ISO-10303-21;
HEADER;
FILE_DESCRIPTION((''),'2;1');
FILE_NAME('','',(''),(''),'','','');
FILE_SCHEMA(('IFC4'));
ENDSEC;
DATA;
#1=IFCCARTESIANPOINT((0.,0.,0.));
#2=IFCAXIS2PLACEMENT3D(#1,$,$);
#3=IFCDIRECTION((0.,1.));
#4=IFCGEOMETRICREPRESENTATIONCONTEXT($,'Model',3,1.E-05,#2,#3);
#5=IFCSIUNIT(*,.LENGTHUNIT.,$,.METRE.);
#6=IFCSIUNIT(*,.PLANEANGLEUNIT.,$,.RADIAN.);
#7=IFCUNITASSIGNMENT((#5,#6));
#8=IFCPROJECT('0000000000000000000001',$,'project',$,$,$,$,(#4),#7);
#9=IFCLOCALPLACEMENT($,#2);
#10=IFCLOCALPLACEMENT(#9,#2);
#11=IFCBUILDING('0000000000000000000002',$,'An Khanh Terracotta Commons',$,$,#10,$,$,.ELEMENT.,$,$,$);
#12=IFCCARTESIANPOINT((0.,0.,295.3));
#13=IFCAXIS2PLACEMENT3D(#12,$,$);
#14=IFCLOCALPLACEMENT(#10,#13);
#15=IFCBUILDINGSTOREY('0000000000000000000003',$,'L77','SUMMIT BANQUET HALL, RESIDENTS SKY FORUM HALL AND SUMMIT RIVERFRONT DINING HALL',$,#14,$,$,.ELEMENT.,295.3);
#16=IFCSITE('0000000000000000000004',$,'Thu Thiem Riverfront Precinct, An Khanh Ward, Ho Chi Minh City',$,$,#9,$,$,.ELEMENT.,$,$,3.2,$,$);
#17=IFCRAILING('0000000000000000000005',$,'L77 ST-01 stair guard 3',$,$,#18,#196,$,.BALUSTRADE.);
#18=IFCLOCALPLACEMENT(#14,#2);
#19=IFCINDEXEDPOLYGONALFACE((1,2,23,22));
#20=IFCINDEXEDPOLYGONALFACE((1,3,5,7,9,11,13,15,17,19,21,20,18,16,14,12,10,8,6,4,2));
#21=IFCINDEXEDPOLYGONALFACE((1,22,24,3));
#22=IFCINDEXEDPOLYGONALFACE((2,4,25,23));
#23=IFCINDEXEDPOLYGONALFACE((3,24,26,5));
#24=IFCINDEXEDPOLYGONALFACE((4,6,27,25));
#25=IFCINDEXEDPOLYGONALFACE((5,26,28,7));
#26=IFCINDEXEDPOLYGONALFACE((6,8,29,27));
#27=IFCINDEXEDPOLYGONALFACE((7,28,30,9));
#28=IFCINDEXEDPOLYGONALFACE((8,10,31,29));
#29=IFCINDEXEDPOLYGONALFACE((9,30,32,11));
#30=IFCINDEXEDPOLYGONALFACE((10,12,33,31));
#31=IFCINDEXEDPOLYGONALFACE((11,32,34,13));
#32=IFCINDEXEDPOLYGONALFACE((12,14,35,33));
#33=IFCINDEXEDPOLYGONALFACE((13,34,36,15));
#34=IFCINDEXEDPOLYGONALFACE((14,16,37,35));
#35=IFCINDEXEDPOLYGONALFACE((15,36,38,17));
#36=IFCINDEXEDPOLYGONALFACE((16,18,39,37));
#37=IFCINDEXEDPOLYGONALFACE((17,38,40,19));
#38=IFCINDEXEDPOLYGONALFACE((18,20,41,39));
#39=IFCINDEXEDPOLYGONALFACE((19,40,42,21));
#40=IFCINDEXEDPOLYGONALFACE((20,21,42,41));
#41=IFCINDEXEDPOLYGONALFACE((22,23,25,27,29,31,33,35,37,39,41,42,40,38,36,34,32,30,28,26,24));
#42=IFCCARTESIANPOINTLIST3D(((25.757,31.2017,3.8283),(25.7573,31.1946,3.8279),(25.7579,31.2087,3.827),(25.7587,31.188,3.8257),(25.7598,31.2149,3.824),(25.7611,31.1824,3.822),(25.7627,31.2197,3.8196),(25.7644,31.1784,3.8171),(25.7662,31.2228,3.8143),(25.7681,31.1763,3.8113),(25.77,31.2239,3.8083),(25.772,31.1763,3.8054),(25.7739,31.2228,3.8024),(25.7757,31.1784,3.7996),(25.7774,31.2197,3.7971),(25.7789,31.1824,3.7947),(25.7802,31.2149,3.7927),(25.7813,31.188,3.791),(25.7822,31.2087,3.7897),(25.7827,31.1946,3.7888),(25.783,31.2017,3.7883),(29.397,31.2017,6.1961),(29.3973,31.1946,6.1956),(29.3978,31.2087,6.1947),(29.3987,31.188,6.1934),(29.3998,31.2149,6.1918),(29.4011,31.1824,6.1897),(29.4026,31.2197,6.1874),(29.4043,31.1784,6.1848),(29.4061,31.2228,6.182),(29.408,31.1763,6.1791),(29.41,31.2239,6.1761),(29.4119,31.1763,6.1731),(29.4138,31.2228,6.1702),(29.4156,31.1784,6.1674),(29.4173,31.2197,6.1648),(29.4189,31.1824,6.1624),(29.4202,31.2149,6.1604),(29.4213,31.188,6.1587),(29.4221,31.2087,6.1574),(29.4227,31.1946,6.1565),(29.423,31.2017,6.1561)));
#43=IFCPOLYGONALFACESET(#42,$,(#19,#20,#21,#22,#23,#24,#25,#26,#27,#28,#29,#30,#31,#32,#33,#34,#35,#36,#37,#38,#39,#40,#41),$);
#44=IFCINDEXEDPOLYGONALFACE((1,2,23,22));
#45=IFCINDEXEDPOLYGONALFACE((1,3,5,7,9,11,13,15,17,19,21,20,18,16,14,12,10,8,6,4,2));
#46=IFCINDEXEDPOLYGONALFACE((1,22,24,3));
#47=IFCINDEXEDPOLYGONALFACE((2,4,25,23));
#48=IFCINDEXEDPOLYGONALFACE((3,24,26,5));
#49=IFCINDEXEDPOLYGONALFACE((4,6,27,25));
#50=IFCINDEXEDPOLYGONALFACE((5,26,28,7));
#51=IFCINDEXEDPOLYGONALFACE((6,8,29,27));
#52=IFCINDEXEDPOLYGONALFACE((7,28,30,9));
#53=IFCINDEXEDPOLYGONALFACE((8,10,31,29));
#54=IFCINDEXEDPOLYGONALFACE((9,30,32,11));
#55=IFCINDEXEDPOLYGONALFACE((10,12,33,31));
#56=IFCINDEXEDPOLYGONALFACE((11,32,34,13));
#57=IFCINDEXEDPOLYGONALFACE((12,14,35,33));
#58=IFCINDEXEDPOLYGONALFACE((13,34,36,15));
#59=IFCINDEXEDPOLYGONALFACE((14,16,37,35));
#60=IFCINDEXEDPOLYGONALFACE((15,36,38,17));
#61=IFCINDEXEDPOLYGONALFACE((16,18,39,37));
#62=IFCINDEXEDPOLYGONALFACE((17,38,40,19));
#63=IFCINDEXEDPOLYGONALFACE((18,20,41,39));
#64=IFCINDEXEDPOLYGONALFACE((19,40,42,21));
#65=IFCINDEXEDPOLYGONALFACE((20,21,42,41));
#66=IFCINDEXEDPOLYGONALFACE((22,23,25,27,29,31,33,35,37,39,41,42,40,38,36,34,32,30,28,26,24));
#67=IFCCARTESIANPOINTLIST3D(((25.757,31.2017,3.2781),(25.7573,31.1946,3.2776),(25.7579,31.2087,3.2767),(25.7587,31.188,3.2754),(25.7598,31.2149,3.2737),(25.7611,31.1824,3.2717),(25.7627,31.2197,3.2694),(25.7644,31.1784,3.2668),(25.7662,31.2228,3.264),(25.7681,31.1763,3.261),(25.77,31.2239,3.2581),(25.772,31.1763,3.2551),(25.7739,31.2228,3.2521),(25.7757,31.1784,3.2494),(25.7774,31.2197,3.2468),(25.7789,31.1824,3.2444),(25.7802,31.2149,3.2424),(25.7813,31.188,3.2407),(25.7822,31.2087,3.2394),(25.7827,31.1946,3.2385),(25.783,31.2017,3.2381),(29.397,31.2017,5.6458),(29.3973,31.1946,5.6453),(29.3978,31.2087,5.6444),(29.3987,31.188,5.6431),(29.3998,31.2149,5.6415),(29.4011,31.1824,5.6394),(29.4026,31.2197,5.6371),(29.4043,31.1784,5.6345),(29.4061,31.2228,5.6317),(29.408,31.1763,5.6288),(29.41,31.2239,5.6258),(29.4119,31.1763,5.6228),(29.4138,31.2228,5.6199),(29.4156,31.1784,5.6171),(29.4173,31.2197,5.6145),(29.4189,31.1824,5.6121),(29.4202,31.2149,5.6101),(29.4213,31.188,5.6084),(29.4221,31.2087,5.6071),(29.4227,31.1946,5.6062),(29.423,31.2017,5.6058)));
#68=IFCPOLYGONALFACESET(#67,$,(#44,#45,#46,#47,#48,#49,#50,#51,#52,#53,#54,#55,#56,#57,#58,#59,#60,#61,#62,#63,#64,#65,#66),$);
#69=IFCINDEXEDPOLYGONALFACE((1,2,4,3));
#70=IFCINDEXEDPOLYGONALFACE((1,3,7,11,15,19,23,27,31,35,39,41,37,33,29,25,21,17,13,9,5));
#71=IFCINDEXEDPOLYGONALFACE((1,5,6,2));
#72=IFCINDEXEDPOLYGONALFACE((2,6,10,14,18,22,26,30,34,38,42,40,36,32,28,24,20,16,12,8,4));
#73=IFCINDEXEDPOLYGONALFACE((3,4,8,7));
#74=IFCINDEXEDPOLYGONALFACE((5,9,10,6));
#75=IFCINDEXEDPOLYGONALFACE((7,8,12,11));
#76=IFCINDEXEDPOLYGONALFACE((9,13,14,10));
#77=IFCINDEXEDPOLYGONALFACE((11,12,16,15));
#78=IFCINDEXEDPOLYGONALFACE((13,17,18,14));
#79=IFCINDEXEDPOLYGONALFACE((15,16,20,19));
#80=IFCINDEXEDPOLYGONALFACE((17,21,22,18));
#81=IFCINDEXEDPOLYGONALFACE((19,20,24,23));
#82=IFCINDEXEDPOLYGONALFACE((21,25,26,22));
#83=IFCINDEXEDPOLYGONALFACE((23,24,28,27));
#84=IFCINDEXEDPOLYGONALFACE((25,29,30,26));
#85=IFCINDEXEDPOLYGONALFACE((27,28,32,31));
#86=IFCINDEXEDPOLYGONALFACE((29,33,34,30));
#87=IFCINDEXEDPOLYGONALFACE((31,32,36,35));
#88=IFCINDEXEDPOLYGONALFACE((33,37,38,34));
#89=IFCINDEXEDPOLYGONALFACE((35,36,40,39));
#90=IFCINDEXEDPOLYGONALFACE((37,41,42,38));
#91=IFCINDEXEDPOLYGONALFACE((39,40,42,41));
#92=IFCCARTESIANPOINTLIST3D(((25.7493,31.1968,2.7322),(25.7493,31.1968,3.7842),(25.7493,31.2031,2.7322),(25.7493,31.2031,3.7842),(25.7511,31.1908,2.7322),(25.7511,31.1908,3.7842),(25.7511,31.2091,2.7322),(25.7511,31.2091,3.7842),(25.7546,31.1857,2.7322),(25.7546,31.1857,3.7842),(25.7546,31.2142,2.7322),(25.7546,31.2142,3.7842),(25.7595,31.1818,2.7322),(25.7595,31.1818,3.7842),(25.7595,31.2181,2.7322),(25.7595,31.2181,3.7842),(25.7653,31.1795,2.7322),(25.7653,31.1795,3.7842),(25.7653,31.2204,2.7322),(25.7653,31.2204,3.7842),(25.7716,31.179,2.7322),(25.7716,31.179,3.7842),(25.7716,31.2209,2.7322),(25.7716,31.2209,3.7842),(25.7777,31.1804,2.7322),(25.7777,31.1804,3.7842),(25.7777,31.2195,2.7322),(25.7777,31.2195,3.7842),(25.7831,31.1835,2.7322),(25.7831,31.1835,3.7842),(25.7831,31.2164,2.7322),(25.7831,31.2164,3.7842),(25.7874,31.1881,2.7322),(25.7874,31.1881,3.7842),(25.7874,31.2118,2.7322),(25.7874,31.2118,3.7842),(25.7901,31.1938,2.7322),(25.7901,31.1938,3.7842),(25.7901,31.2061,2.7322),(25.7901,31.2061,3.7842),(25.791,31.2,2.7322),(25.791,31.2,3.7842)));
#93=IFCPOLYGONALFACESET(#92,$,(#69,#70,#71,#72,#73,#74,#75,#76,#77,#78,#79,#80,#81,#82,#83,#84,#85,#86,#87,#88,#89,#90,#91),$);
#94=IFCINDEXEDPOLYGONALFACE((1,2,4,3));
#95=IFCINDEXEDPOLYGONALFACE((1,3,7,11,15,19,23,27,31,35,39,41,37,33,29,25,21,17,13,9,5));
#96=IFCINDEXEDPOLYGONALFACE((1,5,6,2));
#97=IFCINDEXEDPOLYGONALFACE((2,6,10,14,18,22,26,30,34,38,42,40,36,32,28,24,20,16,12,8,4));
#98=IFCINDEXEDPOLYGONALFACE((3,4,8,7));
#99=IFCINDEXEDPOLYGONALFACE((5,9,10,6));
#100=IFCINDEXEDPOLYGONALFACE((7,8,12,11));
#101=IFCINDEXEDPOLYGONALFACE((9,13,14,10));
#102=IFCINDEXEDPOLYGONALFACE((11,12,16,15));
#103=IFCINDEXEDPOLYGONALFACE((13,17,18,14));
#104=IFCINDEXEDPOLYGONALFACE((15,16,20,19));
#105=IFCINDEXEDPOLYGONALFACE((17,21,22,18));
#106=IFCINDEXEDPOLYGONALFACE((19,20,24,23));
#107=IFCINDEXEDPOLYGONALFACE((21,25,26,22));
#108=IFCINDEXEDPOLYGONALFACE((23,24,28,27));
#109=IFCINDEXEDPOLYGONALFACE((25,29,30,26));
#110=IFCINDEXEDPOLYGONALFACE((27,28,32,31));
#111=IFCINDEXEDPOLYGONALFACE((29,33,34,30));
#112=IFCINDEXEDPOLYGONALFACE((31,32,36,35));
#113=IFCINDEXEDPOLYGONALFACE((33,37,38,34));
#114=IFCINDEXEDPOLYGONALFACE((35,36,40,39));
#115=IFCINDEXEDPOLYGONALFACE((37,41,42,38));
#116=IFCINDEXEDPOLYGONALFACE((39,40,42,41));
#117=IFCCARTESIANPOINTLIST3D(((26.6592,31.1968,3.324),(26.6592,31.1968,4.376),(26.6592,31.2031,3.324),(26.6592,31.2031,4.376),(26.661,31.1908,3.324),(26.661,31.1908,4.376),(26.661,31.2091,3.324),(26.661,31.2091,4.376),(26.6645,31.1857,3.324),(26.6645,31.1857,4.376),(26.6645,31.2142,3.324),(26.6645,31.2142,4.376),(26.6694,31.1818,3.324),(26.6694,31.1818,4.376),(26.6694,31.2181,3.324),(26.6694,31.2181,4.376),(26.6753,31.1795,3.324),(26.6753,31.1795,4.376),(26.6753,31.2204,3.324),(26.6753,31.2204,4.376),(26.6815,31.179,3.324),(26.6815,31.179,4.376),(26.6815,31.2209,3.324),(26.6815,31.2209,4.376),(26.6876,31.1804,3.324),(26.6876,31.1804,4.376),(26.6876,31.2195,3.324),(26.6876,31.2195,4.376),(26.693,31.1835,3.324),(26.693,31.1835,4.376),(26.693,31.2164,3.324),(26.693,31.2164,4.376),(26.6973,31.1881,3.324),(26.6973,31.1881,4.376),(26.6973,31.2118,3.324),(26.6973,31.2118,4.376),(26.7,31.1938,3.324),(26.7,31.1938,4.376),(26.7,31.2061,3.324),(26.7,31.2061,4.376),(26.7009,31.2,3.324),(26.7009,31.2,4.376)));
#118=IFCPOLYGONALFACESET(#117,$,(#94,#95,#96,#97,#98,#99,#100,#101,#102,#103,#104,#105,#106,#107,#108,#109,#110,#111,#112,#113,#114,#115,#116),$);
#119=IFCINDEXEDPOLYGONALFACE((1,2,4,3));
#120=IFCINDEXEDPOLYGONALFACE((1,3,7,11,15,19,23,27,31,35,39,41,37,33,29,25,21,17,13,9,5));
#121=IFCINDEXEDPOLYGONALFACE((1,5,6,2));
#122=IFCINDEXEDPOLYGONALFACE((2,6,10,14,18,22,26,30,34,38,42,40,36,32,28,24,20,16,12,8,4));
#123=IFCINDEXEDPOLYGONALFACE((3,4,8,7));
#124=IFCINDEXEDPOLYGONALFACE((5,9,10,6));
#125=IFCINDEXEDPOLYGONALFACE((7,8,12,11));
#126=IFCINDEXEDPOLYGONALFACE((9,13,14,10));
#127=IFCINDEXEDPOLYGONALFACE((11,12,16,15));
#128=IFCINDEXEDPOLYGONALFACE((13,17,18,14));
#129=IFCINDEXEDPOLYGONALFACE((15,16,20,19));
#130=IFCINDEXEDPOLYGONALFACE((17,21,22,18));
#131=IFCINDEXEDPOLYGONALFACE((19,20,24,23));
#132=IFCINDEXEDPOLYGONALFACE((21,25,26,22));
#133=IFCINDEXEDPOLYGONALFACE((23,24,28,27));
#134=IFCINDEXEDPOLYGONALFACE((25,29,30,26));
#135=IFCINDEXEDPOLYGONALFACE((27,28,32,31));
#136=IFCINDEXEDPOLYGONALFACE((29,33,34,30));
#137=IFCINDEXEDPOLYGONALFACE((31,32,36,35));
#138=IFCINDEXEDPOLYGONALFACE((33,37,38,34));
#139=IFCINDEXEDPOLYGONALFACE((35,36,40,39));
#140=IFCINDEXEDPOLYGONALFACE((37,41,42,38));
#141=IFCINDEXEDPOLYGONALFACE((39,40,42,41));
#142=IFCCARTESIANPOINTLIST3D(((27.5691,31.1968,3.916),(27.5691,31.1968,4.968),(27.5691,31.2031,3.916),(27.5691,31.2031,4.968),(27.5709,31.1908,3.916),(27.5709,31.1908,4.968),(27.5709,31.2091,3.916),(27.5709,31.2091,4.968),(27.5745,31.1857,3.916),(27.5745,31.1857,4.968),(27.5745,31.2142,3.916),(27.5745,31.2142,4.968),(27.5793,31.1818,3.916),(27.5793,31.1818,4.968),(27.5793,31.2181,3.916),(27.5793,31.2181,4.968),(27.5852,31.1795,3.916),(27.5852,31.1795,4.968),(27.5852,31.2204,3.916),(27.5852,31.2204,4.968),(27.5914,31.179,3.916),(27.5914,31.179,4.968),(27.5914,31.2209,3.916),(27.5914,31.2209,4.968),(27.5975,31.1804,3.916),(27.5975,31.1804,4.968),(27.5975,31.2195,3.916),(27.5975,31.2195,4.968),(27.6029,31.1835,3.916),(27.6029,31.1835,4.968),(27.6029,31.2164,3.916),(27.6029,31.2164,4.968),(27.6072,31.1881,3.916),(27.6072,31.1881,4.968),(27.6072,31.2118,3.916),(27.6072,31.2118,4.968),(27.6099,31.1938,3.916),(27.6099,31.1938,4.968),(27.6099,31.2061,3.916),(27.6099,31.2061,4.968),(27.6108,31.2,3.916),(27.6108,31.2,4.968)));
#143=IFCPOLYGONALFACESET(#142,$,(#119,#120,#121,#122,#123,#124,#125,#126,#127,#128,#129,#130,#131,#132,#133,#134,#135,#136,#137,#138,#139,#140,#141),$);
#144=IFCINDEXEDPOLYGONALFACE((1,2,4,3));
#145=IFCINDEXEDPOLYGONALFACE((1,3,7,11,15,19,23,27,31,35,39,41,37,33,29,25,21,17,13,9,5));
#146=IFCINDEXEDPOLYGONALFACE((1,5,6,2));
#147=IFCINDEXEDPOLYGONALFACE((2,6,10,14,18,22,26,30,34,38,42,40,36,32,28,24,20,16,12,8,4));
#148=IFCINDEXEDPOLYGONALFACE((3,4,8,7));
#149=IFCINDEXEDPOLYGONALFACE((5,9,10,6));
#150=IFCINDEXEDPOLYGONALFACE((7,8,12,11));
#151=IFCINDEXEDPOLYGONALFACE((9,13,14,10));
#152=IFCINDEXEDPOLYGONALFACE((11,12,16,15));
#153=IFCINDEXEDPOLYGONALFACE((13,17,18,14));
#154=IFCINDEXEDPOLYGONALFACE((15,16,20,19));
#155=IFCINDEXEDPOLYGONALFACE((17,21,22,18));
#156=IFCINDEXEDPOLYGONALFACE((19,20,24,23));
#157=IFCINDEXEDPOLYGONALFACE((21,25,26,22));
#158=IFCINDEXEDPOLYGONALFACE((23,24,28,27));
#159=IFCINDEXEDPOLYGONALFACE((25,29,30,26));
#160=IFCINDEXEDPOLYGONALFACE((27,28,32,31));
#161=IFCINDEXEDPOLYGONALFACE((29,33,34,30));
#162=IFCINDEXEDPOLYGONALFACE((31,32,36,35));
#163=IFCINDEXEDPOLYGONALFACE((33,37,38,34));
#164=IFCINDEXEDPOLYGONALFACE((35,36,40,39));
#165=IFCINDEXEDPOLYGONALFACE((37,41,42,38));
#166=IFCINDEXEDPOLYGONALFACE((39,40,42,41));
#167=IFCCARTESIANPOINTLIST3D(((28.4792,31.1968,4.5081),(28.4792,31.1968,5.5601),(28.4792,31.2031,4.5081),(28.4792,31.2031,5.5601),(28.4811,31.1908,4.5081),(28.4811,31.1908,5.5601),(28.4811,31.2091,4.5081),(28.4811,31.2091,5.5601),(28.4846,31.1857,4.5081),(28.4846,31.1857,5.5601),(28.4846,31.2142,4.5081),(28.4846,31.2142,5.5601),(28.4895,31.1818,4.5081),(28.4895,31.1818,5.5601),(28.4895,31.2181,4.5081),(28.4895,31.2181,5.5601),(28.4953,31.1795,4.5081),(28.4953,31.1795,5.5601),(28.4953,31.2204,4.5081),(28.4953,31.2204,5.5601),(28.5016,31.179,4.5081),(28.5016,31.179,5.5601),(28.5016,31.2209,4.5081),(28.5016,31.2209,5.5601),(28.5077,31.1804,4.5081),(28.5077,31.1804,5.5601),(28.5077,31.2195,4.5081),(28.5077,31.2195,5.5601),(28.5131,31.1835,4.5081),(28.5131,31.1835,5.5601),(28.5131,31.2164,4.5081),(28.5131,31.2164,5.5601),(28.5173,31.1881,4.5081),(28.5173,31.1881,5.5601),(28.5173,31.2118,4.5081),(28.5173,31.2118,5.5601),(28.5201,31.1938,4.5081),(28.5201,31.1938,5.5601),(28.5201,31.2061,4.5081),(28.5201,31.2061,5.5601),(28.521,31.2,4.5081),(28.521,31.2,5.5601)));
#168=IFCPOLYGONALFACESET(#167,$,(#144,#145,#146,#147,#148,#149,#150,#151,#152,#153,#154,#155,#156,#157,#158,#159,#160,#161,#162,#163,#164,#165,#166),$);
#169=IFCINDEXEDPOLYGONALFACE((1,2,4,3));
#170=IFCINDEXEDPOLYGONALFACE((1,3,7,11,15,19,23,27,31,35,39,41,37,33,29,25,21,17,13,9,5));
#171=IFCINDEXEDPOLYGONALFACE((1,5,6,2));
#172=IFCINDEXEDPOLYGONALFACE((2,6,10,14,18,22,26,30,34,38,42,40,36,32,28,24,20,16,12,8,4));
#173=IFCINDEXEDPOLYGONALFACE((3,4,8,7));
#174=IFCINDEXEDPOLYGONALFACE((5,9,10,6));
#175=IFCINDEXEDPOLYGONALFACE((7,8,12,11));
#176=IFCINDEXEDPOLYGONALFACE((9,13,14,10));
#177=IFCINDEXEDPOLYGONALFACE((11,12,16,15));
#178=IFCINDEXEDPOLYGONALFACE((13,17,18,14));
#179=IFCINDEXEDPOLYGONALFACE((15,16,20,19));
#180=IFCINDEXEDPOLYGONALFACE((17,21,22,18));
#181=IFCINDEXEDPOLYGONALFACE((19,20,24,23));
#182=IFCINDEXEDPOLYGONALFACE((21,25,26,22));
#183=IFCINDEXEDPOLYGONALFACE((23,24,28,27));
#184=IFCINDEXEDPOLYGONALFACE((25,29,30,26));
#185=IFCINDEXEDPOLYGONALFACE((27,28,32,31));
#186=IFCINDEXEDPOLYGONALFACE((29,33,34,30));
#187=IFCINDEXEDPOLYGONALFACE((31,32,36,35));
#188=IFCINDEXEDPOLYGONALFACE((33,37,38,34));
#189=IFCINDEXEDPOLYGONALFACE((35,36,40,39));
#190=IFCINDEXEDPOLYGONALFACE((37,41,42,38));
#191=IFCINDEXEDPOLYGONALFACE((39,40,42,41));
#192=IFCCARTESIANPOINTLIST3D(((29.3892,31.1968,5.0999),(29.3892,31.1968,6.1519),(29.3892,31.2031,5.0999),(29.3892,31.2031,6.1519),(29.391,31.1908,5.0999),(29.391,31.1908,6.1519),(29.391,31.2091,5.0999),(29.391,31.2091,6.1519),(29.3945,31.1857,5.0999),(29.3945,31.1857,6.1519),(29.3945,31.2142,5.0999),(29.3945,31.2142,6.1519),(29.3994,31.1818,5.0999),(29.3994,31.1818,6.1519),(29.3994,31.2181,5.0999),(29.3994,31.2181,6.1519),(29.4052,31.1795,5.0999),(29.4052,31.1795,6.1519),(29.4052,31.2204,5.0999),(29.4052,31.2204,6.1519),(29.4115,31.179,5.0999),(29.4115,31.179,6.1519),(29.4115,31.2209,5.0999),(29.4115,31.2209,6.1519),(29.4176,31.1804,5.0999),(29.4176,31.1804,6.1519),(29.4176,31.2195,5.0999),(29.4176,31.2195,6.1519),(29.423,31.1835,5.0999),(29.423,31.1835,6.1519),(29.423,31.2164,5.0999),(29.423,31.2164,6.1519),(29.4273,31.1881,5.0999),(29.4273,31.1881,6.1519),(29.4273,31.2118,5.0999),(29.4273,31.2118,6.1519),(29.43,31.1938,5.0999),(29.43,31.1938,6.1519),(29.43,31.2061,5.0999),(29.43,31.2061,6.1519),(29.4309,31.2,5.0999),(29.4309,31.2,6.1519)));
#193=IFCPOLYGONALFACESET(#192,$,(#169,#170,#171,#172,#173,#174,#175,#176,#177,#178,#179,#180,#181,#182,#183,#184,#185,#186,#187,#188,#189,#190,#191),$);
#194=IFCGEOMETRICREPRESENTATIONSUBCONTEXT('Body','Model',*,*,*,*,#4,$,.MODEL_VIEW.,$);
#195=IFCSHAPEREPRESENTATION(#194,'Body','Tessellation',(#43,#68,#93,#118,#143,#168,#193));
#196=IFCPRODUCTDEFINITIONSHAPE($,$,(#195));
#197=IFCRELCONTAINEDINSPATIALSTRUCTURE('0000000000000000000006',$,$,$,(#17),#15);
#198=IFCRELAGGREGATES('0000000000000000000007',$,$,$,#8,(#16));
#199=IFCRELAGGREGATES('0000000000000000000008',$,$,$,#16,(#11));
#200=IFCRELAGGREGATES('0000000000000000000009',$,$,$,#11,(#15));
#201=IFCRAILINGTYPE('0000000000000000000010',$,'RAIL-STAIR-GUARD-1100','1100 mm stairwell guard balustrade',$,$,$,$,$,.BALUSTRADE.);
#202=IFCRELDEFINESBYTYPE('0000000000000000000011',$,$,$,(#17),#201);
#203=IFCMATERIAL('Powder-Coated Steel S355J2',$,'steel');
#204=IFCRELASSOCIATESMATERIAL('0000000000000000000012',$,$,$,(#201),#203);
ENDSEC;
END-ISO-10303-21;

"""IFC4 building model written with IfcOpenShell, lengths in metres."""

from ifc_helpers import new_model, si_unit, direction, frame, origin, origin_2d, place, context, subcontext, project, spatial, circle, extrude, material, type_object, element, save


model = new_model("IFC4")

# Units and contexts
model_context = context("Model", 3, precision=1e-05, world=origin(), true_north=direction((0.0, 1.0)))
body_context = subcontext(model_context, "Body", "Model", "MODEL_VIEW")
ifc_project = project(units=[si_unit("LENGTHUNIT", "METRE"), si_unit("PLANEANGLEUNIT", "RADIAN")], contexts=[model_context])

# Site, building, storey
site_placement = place(None, origin())
site = spatial("IfcSite", under=ifc_project, at=site_placement, Name="Thu Thiem Riverfront Precinct, An Khanh Ward, Ho Chi Minh City", CompositionType="ELEMENT", RefElevation=3.2)
building_placement = place(site_placement, origin())
building = spatial("IfcBuilding", under=site, at=building_placement, Name="An Khanh Terracotta Commons", CompositionType="ELEMENT")
storey_placement = place(building_placement, frame((0.0, 0.0, 295.3)))
storey = spatial("IfcBuildingStorey", under=building, at=storey_placement, Name="L77", Description="SUMMIT BANQUET HALL, RESIDENTS SKY FORUM HALL AND SUMMIT RIVERFRONT DINING HALL", CompositionType="ELEMENT", Elevation=295.3)

# Railing
ifc_material_1 = material(Name="Powder-Coated Steel S355J2", Category="steel")
railing_type_1 = type_object("IfcRailingType", Name="RAIL-STAIR-GUARD-1100", Description="1100 mm stairwell guard balustrade", PredefinedType="BALUSTRADE", material=ifc_material_1)
railing_1_placement = place(storey_placement, frame((25.77, 31.2, 2.7322)))
element("IfcRailing", 1, at=railing_1_placement, inside=storey, type_object=railing_type_1, Name="L77 ST-01 stair guard 3", PredefinedType="BALUSTRADE", context=body_context, shape_type="SweptSolid", body=[
    extrude(circle(Radius=0.0239, at=origin_2d()), frame((0.0, 0.0, 1.0762), z_axis=(0.83826, 0.0, 0.545271), x_axis=(0.0, 1.0, 0.0)), (0.0, 0.0, 1.0), 4.3423),
    extrude(circle(Radius=0.0239, at=origin_2d()), frame((0.0, 0.0, 0.5259), z_axis=(0.83826, 0.0, 0.545271), x_axis=(0.0, 1.0, 0.0)), (0.0, 0.0, 1.0), 4.3423),
    extrude(circle(Radius=0.021, at=origin_2d()), origin(), (0.0, 0.0, 1.0), 1.052),
    extrude(circle(Radius=0.021, at=origin_2d()), frame((0.9099, 0.0, 0.5918)), (0.0, 0.0, 1.0), 1.052),
    extrude(circle(Radius=0.021, at=origin_2d()), frame((1.8198, 0.0, 1.1838)), (0.0, 0.0, 1.0), 1.052),
    extrude(circle(Radius=0.021, at=origin_2d()), frame((2.73, 0.0, 1.7759)), (0.0, 0.0, 1.0), 1.052),
    extrude(circle(Radius=0.021, at=origin_2d()), frame((3.6399, 0.0, 2.3677)), (0.0, 0.0, 1.0), 1.052),
])

save(model, "model.ifc")
